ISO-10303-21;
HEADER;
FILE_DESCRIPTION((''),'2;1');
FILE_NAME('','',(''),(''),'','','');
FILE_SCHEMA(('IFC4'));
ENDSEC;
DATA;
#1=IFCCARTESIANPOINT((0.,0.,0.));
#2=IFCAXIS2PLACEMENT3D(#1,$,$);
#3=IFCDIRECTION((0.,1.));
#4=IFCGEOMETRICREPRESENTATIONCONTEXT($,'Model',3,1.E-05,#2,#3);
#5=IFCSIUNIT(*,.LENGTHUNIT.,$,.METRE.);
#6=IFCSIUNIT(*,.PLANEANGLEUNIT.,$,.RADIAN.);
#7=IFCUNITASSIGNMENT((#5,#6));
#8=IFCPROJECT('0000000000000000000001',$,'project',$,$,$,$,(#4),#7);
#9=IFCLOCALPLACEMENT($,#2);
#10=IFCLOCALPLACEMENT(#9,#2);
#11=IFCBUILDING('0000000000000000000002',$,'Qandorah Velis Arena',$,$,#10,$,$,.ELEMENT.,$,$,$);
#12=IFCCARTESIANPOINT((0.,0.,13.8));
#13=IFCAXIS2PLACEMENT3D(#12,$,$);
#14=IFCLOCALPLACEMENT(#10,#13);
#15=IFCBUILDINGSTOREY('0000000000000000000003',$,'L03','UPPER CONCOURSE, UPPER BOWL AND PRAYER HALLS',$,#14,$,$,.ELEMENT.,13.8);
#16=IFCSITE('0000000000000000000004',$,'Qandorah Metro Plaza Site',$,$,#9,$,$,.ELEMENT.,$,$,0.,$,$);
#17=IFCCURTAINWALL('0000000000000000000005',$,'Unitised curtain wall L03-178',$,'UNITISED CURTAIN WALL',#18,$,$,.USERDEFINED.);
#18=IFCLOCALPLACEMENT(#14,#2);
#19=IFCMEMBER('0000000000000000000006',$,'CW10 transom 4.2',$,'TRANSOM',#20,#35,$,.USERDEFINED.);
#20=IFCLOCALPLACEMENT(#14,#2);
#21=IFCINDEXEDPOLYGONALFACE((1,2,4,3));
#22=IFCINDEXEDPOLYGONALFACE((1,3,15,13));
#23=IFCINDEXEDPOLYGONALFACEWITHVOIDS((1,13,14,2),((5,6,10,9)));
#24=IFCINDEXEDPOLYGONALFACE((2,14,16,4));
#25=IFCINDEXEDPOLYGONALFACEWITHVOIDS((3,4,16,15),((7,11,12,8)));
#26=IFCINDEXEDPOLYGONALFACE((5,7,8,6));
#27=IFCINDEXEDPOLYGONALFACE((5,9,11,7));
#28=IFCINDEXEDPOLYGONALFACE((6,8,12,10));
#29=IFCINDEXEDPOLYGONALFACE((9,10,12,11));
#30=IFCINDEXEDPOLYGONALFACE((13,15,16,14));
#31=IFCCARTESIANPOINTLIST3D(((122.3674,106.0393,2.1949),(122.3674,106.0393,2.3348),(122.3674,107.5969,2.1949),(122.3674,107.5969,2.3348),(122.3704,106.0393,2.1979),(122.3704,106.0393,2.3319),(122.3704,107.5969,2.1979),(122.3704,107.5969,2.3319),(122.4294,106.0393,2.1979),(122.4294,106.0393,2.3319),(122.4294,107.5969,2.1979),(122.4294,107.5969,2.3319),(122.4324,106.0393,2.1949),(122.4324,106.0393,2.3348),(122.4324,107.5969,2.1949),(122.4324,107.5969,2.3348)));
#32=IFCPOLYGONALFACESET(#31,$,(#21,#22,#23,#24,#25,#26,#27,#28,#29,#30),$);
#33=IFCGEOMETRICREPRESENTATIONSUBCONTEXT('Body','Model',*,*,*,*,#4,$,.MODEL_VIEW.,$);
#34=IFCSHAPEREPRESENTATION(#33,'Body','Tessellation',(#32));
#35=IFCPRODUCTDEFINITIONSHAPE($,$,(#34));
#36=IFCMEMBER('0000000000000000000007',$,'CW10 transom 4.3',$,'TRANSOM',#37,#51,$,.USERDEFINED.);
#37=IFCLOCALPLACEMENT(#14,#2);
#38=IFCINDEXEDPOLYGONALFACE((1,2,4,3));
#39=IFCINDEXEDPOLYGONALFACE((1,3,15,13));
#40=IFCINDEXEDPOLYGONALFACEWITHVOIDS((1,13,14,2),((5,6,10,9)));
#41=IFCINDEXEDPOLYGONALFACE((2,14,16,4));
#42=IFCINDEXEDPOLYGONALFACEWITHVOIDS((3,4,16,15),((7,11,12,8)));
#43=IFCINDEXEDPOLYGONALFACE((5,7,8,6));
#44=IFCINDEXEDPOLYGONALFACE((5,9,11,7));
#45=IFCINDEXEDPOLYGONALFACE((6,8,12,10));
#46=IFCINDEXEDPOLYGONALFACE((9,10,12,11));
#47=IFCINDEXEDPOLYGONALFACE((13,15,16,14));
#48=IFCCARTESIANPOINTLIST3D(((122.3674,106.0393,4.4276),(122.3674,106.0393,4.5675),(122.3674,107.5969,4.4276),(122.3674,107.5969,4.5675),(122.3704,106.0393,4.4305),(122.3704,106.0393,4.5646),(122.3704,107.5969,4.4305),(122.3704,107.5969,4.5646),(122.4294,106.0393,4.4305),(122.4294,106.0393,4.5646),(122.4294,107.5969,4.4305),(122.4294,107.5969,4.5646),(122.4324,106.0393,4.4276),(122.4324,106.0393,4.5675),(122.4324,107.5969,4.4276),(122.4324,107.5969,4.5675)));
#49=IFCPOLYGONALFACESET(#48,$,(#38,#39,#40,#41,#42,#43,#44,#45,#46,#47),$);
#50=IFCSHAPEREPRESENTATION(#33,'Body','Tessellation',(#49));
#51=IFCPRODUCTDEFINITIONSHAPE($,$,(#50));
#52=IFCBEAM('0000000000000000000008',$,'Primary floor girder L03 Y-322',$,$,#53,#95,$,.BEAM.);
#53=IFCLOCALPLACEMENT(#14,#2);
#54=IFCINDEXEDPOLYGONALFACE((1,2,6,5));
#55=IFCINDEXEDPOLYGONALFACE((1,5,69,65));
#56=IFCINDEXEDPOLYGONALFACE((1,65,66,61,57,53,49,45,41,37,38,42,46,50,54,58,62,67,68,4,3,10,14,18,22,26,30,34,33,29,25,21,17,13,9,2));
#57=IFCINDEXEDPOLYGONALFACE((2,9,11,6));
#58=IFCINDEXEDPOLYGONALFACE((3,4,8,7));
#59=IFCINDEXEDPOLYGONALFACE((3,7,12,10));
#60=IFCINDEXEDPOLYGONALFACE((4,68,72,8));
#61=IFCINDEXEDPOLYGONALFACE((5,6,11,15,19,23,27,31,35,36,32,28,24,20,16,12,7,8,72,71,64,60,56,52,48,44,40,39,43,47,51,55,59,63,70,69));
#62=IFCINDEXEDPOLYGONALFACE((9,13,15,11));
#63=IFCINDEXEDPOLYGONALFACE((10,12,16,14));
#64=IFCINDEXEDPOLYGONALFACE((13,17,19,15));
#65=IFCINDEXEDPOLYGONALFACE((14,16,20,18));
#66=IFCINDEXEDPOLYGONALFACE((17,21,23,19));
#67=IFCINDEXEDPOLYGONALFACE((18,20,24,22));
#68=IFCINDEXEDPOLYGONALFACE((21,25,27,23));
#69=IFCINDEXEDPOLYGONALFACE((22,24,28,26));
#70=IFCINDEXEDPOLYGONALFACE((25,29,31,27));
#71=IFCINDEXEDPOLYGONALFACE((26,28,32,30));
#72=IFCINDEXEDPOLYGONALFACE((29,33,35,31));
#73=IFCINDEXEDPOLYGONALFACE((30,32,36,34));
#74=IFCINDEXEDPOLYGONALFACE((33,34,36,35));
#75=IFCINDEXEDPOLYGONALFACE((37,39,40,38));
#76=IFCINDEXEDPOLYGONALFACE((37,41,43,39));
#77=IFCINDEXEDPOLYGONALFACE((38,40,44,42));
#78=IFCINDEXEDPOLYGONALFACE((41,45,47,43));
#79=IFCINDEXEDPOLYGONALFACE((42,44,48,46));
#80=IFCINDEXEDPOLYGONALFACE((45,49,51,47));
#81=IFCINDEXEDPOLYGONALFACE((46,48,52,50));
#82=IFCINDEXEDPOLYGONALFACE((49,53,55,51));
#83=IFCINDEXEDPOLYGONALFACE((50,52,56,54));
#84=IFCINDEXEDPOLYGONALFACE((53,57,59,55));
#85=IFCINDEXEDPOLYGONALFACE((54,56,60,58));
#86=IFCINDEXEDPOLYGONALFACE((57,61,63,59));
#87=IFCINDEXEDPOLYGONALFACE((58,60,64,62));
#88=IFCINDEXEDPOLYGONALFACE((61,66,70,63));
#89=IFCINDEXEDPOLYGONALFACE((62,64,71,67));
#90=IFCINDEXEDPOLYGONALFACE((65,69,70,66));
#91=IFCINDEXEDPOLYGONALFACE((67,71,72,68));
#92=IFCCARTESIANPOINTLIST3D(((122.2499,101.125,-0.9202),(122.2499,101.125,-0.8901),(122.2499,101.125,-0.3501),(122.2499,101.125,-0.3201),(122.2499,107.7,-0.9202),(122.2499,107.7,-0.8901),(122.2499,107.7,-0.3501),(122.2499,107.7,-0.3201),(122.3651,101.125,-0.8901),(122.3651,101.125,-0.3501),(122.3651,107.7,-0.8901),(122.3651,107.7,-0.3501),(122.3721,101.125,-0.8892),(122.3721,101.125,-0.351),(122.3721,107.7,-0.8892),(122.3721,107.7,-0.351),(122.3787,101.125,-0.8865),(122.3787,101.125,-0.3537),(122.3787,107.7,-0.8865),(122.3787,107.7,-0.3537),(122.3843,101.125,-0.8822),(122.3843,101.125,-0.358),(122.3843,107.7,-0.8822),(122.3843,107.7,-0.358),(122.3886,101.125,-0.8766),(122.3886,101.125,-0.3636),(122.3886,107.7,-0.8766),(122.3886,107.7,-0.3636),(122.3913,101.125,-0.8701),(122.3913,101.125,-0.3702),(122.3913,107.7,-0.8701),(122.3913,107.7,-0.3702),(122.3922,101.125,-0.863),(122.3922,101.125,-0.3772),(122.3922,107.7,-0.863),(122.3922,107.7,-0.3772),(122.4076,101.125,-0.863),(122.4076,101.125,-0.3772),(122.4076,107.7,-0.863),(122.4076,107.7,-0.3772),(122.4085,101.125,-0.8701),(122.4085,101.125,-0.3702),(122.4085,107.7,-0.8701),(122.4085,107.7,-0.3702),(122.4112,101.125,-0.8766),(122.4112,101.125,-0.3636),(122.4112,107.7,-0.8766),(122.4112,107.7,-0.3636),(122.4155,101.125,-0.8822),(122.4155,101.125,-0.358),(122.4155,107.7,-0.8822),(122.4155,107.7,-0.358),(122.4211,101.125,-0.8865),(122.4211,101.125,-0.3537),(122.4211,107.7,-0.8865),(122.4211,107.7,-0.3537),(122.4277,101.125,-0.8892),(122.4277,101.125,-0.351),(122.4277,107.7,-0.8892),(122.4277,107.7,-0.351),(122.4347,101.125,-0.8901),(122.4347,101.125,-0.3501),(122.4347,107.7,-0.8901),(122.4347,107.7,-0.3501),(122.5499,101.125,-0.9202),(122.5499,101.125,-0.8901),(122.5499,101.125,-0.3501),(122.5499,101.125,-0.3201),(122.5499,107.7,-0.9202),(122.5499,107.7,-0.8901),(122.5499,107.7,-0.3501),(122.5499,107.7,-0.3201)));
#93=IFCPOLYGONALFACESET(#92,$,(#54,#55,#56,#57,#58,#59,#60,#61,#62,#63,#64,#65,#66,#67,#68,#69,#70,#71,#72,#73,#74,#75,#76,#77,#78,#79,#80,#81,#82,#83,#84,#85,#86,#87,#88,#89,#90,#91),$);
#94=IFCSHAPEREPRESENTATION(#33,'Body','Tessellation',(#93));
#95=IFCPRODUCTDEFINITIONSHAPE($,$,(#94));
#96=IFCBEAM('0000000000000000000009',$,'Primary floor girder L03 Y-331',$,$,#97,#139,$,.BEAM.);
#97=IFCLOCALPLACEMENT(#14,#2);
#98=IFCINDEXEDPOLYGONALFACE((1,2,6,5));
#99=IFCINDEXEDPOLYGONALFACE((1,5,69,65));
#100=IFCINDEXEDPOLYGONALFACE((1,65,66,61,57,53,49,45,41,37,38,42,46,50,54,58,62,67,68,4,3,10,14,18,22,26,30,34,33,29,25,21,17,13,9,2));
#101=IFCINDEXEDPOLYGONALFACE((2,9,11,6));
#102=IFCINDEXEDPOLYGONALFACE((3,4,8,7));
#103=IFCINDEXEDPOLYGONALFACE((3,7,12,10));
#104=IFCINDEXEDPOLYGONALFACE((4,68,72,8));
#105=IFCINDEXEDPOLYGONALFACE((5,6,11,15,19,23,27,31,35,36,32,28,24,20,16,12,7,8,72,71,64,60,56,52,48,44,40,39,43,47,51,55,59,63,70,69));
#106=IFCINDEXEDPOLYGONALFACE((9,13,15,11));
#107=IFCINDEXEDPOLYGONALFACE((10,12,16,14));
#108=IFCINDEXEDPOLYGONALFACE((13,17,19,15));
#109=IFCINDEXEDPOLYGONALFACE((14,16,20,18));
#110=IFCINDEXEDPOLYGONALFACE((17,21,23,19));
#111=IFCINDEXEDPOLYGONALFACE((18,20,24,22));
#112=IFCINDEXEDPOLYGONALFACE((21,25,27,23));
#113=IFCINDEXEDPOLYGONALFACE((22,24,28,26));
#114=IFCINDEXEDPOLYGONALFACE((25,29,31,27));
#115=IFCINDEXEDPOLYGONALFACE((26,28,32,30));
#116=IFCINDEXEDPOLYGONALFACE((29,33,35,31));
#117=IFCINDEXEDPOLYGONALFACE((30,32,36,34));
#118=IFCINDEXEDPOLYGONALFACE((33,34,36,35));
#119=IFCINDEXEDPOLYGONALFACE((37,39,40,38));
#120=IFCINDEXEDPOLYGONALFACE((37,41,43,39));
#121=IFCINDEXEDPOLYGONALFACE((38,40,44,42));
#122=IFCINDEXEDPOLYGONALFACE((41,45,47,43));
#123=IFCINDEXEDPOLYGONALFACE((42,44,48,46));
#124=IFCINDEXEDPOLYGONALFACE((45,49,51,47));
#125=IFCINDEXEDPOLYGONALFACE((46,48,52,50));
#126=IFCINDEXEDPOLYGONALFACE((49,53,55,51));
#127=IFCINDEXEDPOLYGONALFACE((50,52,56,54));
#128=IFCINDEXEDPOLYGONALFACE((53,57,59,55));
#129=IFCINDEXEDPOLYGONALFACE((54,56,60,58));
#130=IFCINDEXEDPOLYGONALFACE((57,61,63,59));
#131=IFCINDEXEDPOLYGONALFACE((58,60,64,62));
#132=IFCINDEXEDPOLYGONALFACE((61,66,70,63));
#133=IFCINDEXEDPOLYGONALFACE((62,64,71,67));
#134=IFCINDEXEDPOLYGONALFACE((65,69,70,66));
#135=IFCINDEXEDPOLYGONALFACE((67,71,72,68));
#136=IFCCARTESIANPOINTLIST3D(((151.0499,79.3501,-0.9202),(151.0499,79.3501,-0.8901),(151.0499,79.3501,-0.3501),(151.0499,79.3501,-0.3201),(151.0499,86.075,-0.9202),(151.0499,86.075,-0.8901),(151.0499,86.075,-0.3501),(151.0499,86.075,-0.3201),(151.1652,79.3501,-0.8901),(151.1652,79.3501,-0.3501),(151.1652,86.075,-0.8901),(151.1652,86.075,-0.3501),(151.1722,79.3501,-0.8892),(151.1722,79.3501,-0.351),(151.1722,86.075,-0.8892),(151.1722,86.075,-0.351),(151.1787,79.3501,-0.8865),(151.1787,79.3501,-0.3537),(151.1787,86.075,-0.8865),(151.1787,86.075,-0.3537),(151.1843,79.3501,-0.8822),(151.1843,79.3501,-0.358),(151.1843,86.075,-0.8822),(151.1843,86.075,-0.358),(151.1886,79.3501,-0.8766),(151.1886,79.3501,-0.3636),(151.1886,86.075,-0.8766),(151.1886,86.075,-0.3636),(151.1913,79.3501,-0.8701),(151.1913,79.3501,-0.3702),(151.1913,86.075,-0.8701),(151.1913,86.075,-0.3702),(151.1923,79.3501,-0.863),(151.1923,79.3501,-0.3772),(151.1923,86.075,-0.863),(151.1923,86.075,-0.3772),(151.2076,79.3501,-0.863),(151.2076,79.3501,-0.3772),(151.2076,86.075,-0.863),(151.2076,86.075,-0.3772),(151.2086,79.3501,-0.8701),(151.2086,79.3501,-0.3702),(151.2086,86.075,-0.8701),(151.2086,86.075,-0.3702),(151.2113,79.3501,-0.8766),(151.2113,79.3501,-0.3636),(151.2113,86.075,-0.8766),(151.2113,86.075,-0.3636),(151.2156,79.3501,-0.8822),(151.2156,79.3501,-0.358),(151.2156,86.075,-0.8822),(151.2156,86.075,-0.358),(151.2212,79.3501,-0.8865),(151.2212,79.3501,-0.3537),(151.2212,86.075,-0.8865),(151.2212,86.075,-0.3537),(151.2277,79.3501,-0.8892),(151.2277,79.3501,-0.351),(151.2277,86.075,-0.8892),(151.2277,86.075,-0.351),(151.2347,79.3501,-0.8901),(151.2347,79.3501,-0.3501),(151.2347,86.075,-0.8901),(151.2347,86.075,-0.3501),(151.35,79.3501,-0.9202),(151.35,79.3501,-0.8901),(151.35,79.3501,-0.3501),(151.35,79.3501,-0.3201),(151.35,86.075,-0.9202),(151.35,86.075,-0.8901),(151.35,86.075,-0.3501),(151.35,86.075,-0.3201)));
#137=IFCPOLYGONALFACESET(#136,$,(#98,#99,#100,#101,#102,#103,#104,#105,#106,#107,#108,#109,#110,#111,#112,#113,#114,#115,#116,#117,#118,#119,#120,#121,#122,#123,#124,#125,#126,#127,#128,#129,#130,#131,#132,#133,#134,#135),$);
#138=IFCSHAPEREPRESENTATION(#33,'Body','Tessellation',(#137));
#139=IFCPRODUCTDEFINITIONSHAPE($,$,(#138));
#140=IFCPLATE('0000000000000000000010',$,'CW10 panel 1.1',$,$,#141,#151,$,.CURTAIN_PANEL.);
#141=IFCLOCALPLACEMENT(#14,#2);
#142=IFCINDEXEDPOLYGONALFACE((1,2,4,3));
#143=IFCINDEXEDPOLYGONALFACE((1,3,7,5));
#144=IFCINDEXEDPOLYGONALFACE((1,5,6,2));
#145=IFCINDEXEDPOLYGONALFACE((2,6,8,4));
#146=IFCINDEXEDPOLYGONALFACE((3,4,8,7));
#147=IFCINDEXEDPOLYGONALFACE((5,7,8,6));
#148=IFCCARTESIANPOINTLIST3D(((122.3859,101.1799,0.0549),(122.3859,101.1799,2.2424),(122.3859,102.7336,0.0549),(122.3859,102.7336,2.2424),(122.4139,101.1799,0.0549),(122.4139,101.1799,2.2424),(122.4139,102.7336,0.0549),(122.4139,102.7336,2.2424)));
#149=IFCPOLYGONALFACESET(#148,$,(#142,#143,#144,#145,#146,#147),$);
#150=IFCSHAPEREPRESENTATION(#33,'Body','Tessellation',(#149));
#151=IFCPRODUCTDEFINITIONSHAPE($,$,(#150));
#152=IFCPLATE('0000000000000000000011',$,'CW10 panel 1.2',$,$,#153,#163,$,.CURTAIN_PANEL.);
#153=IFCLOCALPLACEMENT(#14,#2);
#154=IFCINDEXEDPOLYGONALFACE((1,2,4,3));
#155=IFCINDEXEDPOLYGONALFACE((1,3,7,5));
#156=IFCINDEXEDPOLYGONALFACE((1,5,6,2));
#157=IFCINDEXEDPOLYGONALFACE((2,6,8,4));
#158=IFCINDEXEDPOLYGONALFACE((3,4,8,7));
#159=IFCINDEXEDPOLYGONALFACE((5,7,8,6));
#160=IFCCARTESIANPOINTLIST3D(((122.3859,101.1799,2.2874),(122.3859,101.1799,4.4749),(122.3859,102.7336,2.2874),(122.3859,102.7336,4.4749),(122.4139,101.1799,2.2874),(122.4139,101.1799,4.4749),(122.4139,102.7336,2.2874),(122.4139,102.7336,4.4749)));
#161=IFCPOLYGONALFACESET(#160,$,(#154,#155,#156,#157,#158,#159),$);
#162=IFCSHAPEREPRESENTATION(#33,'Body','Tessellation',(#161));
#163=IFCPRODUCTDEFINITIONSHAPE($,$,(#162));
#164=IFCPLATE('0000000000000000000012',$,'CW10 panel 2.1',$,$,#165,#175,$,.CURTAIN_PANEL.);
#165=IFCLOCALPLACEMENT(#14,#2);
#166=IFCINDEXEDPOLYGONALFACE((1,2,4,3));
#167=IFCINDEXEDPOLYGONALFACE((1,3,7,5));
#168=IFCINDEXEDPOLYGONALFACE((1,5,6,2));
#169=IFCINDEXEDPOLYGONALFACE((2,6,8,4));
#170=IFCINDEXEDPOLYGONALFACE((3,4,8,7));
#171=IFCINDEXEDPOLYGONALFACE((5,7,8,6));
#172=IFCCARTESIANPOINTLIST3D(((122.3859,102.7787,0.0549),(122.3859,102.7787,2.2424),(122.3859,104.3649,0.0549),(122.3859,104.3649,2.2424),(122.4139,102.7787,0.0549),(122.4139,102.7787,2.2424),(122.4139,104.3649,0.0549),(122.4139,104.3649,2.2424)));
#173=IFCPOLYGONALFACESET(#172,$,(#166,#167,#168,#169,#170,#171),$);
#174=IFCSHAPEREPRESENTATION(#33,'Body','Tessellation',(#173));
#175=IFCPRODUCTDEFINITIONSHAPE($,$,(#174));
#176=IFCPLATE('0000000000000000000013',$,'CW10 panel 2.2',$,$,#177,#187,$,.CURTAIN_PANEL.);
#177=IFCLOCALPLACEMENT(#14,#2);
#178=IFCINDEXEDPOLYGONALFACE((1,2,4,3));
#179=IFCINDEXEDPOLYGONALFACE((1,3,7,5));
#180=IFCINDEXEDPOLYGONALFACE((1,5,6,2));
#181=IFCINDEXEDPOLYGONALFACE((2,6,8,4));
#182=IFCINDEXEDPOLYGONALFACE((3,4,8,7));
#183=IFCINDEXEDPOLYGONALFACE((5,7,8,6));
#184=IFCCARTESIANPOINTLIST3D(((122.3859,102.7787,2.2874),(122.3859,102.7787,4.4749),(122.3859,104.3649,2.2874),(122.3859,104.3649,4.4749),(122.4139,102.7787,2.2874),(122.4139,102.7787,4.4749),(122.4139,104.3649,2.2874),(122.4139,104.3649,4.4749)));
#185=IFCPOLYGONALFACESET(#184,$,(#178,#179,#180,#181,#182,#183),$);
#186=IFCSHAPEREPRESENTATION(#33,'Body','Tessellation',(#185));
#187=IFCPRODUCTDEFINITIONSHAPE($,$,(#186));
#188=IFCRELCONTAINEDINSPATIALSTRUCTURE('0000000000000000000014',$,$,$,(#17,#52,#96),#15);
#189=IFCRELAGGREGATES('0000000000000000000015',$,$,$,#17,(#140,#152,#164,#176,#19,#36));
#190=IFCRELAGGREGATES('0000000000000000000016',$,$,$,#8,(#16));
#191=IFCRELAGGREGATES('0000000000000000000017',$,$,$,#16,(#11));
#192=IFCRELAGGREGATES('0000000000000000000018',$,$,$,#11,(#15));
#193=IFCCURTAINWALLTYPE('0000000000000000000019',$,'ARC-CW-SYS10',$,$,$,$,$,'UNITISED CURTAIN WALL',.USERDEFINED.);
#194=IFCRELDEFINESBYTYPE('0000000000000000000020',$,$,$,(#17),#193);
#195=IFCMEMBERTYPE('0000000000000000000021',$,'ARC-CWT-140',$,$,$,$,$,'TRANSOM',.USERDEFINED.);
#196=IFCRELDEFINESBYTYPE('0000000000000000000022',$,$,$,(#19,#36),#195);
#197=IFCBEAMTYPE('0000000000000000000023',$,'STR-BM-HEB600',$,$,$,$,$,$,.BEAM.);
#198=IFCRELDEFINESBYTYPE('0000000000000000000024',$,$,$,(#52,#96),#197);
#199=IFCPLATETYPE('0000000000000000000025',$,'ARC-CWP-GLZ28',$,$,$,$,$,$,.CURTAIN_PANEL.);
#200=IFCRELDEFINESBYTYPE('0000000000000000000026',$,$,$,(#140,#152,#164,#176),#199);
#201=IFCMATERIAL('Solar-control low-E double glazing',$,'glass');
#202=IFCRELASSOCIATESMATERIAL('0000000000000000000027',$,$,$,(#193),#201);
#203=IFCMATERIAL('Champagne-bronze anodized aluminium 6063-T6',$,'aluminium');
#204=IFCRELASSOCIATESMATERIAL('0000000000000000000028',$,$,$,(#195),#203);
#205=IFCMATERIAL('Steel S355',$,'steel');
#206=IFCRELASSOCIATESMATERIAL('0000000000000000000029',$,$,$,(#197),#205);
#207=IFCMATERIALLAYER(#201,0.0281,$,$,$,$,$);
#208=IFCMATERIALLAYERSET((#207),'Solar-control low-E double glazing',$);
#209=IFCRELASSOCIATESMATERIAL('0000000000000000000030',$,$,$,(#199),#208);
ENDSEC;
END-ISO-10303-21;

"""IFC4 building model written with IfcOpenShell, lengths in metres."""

from ifc_helpers import new_model, si_unit, direction, frame, origin, origin_2d, place, context, subcontext, project, spatial, rectangle, hollow_rectangle, i_section, extrude, material, layer, layer_set, material_profile, profile_set, type_object, element, aggregate, save


model = new_model("IFC4")

# Units and contexts
model_context = context("Model", 3, precision=1e-05, world=origin(), true_north=direction((0.0, 1.0)))
body_context = subcontext(model_context, "Body", "Model", "MODEL_VIEW")
ifc_project = project(units=[si_unit("LENGTHUNIT", "METRE"), si_unit("PLANEANGLEUNIT", "RADIAN")], contexts=[model_context])

# Site, building, storey
site_placement = place(None, origin())
site = spatial("IfcSite", under=ifc_project, at=site_placement, Name="Qandorah Metro Plaza Site", CompositionType="ELEMENT", RefElevation=0.0)
building_placement = place(site_placement, origin())
building = spatial("IfcBuilding", under=site, at=building_placement, Name="Qandorah Velis Arena", CompositionType="ELEMENT")
storey_placement = place(building_placement, frame((0.0, 0.0, 13.8)))
storey = spatial("IfcBuildingStorey", under=building, at=storey_placement, Name="L03", Description="UPPER CONCOURSE, UPPER BOWL AND PRAYER HALLS", CompositionType="ELEMENT", Elevation=13.8)

# Shared definitions
ifc_material_1 = material(Name="Solar-control low-E double glazing", Category="glass")
ifc_material_2 = material(Name="Champagne-bronze anodized aluminium 6063-T6", Category="aluminium")

# Curtain wall
curtain_wall_type_1 = type_object("IfcCurtainWallType", Name="ARC-CW-SYS10", ElementType="UNITISED CURTAIN WALL", PredefinedType="USERDEFINED", material=ifc_material_1)
curtain_wall_1_placement = place(storey_placement, origin())
curtain_wall_1 = element("IfcCurtainWall", 1, at=curtain_wall_1_placement, inside=storey, type_object=curtain_wall_type_1, Name="Unitised curtain wall L03-178", ObjectType="UNITISED CURTAIN WALL", PredefinedType="USERDEFINED")

# Members
ifc_material_profile_1 = material_profile(ifc_material_2, hollow_rectangle(XDim=0.0649, YDim=0.1399, WallThickness=0.0029, at=origin_2d()), Name="ALU TRANSOM 65x140")
ifc_profile_set_1 = profile_set([ifc_material_profile_1], Name="Champagne-bronze anodized aluminium 6063-T6")
member_type_1 = type_object("IfcMemberType", Name="ARC-CWT-140", ElementType="TRANSOM", PredefinedType="USERDEFINED", material=ifc_profile_set_1)
member_1_placement = place(storey_placement, frame((122.3999, 106.0393, 2.2649), z_axis=(0.0, 1.0, 0.0), x_axis=(-1.0, 0.0, 0.0)))
member_1 = element("IfcMember", 2, at=member_1_placement, type_object=member_type_1, Name="CW10 transom 4.2", ObjectType="TRANSOM", PredefinedType="USERDEFINED", context=body_context, shape_type="SweptSolid", body=[
    extrude(hollow_rectangle(XDim=0.0649, YDim=0.1399, WallThickness=0.0029, at=origin_2d()), origin(), (0.0, 0.0, 1.0), 1.5576),
])
member_2_placement = place(storey_placement, frame((122.3999, 106.0393, 4.4976), z_axis=(0.0, 1.0, 0.0), x_axis=(-1.0, 0.0, 0.0)))
member_2 = element("IfcMember", 3, at=member_2_placement, type_object=member_type_1, Name="CW10 transom 4.3", ObjectType="TRANSOM", PredefinedType="USERDEFINED", context=body_context, shape_type="SweptSolid", body=[
    extrude(hollow_rectangle(XDim=0.0649, YDim=0.1399, WallThickness=0.0029, at=origin_2d()), origin(), (0.0, 0.0, 1.0), 1.5576),
])

# Beams
ifc_material_3 = material(Name="Steel S355", Category="steel")
ifc_material_profile_2 = material_profile(ifc_material_3, i_section(OverallWidth=0.3, OverallDepth=0.6001, WebThickness=0.0154, FlangeThickness=0.03, FilletRadius=0.0271, at=origin_2d()), Name="HEB 600")
ifc_profile_set_2 = profile_set([ifc_material_profile_2], Name="Steel S355")
beam_type = type_object("IfcBeamType", Name="STR-BM-HEB600", PredefinedType="BEAM", material=ifc_profile_set_2)
beam_1_placement = place(storey_placement, frame((122.3999, 101.125, -0.6201), z_axis=(0.0, 1.0, 0.0), x_axis=(-1.0, 0.0, 0.0)))
element("IfcBeam", 4, at=beam_1_placement, inside=storey, type_object=beam_type, Name="Primary floor girder L03 Y-322", PredefinedType="BEAM", context=body_context, shape_type="SweptSolid", body=[
    extrude(i_section(OverallWidth=0.3, OverallDepth=0.6001, WebThickness=0.0154, FlangeThickness=0.03, FilletRadius=0.0271, at=origin_2d()), origin(), (0.0, 0.0, 1.0), 6.575),
])
beam_2_placement = place(storey_placement, frame((151.2, 79.3501, -0.6201), z_axis=(0.0, 1.0, 0.0), x_axis=(-1.0, 0.0, 0.0)))
element("IfcBeam", 5, at=beam_2_placement, inside=storey, type_object=beam_type, Name="Primary floor girder L03 Y-331", PredefinedType="BEAM", context=body_context, shape_type="SweptSolid", body=[
    extrude(i_section(OverallWidth=0.3, OverallDepth=0.6001, WebThickness=0.0154, FlangeThickness=0.03, FilletRadius=0.0271, at=origin_2d()), origin(), (0.0, 0.0, 1.0), 6.7249),
])

# Plates
ifc_layer_1 = layer(ifc_material_1, 0.0281)
ifc_layer_set_1 = layer_set([ifc_layer_1], Name="Solar-control low-E double glazing")
plate_type_1 = type_object("IfcPlateType", Name="ARC-CWP-GLZ28", PredefinedType="CURTAIN_PANEL", material=ifc_layer_set_1)
plate_1_placement = place(storey_placement, frame((122.3999, 101.9568, 0.0549), z_axis=(0.0, 0.0, 1.0), x_axis=(0.0, 1.0, 0.0)))
plate_1 = element("IfcPlate", 6, at=plate_1_placement, type_object=plate_type_1, Name="CW10 panel 1.1", PredefinedType="CURTAIN_PANEL", context=body_context, shape_type="SweptSolid", body=[
    extrude(rectangle(XDim=1.5537, YDim=0.0281, at=origin_2d()), origin(), (0.0, 0.0, 1.0), 2.1875),
])
plate_2_placement = place(storey_placement, frame((122.3999, 101.9568, 2.2874), z_axis=(0.0, 0.0, 1.0), x_axis=(0.0, 1.0, 0.0)))
plate_2 = element("IfcPlate", 7, at=plate_2_placement, type_object=plate_type_1, Name="CW10 panel 1.2", PredefinedType="CURTAIN_PANEL", context=body_context, shape_type="SweptSolid", body=[
    extrude(rectangle(XDim=1.5537, YDim=0.0281, at=origin_2d()), origin(), (0.0, 0.0, 1.0), 2.1875),
])
plate_3_placement = place(storey_placement, frame((122.3999, 103.5718, 0.0549), z_axis=(0.0, 0.0, 1.0), x_axis=(0.0, 1.0, 0.0)))
plate_3 = element("IfcPlate", 8, at=plate_3_placement, type_object=plate_type_1, Name="CW10 panel 2.1", PredefinedType="CURTAIN_PANEL", context=body_context, shape_type="SweptSolid", body=[
    extrude(rectangle(XDim=1.5862, YDim=0.0281, at=origin_2d()), origin(), (0.0, 0.0, 1.0), 2.1875),
])
plate_4_placement = place(storey_placement, frame((122.3999, 103.5718, 2.2874), z_axis=(0.0, 0.0, 1.0), x_axis=(0.0, 1.0, 0.0)))
plate_4 = element("IfcPlate", 9, at=plate_4_placement, type_object=plate_type_1, Name="CW10 panel 2.2", PredefinedType="CURTAIN_PANEL", context=body_context, shape_type="SweptSolid", body=[
    extrude(rectangle(XDim=1.5862, YDim=0.0281, at=origin_2d()), origin(), (0.0, 0.0, 1.0), 2.1875),
])
aggregate(curtain_wall_1, [plate_1, plate_2, plate_3, plate_4, member_1, member_2])

save(model, "model.ifc")
